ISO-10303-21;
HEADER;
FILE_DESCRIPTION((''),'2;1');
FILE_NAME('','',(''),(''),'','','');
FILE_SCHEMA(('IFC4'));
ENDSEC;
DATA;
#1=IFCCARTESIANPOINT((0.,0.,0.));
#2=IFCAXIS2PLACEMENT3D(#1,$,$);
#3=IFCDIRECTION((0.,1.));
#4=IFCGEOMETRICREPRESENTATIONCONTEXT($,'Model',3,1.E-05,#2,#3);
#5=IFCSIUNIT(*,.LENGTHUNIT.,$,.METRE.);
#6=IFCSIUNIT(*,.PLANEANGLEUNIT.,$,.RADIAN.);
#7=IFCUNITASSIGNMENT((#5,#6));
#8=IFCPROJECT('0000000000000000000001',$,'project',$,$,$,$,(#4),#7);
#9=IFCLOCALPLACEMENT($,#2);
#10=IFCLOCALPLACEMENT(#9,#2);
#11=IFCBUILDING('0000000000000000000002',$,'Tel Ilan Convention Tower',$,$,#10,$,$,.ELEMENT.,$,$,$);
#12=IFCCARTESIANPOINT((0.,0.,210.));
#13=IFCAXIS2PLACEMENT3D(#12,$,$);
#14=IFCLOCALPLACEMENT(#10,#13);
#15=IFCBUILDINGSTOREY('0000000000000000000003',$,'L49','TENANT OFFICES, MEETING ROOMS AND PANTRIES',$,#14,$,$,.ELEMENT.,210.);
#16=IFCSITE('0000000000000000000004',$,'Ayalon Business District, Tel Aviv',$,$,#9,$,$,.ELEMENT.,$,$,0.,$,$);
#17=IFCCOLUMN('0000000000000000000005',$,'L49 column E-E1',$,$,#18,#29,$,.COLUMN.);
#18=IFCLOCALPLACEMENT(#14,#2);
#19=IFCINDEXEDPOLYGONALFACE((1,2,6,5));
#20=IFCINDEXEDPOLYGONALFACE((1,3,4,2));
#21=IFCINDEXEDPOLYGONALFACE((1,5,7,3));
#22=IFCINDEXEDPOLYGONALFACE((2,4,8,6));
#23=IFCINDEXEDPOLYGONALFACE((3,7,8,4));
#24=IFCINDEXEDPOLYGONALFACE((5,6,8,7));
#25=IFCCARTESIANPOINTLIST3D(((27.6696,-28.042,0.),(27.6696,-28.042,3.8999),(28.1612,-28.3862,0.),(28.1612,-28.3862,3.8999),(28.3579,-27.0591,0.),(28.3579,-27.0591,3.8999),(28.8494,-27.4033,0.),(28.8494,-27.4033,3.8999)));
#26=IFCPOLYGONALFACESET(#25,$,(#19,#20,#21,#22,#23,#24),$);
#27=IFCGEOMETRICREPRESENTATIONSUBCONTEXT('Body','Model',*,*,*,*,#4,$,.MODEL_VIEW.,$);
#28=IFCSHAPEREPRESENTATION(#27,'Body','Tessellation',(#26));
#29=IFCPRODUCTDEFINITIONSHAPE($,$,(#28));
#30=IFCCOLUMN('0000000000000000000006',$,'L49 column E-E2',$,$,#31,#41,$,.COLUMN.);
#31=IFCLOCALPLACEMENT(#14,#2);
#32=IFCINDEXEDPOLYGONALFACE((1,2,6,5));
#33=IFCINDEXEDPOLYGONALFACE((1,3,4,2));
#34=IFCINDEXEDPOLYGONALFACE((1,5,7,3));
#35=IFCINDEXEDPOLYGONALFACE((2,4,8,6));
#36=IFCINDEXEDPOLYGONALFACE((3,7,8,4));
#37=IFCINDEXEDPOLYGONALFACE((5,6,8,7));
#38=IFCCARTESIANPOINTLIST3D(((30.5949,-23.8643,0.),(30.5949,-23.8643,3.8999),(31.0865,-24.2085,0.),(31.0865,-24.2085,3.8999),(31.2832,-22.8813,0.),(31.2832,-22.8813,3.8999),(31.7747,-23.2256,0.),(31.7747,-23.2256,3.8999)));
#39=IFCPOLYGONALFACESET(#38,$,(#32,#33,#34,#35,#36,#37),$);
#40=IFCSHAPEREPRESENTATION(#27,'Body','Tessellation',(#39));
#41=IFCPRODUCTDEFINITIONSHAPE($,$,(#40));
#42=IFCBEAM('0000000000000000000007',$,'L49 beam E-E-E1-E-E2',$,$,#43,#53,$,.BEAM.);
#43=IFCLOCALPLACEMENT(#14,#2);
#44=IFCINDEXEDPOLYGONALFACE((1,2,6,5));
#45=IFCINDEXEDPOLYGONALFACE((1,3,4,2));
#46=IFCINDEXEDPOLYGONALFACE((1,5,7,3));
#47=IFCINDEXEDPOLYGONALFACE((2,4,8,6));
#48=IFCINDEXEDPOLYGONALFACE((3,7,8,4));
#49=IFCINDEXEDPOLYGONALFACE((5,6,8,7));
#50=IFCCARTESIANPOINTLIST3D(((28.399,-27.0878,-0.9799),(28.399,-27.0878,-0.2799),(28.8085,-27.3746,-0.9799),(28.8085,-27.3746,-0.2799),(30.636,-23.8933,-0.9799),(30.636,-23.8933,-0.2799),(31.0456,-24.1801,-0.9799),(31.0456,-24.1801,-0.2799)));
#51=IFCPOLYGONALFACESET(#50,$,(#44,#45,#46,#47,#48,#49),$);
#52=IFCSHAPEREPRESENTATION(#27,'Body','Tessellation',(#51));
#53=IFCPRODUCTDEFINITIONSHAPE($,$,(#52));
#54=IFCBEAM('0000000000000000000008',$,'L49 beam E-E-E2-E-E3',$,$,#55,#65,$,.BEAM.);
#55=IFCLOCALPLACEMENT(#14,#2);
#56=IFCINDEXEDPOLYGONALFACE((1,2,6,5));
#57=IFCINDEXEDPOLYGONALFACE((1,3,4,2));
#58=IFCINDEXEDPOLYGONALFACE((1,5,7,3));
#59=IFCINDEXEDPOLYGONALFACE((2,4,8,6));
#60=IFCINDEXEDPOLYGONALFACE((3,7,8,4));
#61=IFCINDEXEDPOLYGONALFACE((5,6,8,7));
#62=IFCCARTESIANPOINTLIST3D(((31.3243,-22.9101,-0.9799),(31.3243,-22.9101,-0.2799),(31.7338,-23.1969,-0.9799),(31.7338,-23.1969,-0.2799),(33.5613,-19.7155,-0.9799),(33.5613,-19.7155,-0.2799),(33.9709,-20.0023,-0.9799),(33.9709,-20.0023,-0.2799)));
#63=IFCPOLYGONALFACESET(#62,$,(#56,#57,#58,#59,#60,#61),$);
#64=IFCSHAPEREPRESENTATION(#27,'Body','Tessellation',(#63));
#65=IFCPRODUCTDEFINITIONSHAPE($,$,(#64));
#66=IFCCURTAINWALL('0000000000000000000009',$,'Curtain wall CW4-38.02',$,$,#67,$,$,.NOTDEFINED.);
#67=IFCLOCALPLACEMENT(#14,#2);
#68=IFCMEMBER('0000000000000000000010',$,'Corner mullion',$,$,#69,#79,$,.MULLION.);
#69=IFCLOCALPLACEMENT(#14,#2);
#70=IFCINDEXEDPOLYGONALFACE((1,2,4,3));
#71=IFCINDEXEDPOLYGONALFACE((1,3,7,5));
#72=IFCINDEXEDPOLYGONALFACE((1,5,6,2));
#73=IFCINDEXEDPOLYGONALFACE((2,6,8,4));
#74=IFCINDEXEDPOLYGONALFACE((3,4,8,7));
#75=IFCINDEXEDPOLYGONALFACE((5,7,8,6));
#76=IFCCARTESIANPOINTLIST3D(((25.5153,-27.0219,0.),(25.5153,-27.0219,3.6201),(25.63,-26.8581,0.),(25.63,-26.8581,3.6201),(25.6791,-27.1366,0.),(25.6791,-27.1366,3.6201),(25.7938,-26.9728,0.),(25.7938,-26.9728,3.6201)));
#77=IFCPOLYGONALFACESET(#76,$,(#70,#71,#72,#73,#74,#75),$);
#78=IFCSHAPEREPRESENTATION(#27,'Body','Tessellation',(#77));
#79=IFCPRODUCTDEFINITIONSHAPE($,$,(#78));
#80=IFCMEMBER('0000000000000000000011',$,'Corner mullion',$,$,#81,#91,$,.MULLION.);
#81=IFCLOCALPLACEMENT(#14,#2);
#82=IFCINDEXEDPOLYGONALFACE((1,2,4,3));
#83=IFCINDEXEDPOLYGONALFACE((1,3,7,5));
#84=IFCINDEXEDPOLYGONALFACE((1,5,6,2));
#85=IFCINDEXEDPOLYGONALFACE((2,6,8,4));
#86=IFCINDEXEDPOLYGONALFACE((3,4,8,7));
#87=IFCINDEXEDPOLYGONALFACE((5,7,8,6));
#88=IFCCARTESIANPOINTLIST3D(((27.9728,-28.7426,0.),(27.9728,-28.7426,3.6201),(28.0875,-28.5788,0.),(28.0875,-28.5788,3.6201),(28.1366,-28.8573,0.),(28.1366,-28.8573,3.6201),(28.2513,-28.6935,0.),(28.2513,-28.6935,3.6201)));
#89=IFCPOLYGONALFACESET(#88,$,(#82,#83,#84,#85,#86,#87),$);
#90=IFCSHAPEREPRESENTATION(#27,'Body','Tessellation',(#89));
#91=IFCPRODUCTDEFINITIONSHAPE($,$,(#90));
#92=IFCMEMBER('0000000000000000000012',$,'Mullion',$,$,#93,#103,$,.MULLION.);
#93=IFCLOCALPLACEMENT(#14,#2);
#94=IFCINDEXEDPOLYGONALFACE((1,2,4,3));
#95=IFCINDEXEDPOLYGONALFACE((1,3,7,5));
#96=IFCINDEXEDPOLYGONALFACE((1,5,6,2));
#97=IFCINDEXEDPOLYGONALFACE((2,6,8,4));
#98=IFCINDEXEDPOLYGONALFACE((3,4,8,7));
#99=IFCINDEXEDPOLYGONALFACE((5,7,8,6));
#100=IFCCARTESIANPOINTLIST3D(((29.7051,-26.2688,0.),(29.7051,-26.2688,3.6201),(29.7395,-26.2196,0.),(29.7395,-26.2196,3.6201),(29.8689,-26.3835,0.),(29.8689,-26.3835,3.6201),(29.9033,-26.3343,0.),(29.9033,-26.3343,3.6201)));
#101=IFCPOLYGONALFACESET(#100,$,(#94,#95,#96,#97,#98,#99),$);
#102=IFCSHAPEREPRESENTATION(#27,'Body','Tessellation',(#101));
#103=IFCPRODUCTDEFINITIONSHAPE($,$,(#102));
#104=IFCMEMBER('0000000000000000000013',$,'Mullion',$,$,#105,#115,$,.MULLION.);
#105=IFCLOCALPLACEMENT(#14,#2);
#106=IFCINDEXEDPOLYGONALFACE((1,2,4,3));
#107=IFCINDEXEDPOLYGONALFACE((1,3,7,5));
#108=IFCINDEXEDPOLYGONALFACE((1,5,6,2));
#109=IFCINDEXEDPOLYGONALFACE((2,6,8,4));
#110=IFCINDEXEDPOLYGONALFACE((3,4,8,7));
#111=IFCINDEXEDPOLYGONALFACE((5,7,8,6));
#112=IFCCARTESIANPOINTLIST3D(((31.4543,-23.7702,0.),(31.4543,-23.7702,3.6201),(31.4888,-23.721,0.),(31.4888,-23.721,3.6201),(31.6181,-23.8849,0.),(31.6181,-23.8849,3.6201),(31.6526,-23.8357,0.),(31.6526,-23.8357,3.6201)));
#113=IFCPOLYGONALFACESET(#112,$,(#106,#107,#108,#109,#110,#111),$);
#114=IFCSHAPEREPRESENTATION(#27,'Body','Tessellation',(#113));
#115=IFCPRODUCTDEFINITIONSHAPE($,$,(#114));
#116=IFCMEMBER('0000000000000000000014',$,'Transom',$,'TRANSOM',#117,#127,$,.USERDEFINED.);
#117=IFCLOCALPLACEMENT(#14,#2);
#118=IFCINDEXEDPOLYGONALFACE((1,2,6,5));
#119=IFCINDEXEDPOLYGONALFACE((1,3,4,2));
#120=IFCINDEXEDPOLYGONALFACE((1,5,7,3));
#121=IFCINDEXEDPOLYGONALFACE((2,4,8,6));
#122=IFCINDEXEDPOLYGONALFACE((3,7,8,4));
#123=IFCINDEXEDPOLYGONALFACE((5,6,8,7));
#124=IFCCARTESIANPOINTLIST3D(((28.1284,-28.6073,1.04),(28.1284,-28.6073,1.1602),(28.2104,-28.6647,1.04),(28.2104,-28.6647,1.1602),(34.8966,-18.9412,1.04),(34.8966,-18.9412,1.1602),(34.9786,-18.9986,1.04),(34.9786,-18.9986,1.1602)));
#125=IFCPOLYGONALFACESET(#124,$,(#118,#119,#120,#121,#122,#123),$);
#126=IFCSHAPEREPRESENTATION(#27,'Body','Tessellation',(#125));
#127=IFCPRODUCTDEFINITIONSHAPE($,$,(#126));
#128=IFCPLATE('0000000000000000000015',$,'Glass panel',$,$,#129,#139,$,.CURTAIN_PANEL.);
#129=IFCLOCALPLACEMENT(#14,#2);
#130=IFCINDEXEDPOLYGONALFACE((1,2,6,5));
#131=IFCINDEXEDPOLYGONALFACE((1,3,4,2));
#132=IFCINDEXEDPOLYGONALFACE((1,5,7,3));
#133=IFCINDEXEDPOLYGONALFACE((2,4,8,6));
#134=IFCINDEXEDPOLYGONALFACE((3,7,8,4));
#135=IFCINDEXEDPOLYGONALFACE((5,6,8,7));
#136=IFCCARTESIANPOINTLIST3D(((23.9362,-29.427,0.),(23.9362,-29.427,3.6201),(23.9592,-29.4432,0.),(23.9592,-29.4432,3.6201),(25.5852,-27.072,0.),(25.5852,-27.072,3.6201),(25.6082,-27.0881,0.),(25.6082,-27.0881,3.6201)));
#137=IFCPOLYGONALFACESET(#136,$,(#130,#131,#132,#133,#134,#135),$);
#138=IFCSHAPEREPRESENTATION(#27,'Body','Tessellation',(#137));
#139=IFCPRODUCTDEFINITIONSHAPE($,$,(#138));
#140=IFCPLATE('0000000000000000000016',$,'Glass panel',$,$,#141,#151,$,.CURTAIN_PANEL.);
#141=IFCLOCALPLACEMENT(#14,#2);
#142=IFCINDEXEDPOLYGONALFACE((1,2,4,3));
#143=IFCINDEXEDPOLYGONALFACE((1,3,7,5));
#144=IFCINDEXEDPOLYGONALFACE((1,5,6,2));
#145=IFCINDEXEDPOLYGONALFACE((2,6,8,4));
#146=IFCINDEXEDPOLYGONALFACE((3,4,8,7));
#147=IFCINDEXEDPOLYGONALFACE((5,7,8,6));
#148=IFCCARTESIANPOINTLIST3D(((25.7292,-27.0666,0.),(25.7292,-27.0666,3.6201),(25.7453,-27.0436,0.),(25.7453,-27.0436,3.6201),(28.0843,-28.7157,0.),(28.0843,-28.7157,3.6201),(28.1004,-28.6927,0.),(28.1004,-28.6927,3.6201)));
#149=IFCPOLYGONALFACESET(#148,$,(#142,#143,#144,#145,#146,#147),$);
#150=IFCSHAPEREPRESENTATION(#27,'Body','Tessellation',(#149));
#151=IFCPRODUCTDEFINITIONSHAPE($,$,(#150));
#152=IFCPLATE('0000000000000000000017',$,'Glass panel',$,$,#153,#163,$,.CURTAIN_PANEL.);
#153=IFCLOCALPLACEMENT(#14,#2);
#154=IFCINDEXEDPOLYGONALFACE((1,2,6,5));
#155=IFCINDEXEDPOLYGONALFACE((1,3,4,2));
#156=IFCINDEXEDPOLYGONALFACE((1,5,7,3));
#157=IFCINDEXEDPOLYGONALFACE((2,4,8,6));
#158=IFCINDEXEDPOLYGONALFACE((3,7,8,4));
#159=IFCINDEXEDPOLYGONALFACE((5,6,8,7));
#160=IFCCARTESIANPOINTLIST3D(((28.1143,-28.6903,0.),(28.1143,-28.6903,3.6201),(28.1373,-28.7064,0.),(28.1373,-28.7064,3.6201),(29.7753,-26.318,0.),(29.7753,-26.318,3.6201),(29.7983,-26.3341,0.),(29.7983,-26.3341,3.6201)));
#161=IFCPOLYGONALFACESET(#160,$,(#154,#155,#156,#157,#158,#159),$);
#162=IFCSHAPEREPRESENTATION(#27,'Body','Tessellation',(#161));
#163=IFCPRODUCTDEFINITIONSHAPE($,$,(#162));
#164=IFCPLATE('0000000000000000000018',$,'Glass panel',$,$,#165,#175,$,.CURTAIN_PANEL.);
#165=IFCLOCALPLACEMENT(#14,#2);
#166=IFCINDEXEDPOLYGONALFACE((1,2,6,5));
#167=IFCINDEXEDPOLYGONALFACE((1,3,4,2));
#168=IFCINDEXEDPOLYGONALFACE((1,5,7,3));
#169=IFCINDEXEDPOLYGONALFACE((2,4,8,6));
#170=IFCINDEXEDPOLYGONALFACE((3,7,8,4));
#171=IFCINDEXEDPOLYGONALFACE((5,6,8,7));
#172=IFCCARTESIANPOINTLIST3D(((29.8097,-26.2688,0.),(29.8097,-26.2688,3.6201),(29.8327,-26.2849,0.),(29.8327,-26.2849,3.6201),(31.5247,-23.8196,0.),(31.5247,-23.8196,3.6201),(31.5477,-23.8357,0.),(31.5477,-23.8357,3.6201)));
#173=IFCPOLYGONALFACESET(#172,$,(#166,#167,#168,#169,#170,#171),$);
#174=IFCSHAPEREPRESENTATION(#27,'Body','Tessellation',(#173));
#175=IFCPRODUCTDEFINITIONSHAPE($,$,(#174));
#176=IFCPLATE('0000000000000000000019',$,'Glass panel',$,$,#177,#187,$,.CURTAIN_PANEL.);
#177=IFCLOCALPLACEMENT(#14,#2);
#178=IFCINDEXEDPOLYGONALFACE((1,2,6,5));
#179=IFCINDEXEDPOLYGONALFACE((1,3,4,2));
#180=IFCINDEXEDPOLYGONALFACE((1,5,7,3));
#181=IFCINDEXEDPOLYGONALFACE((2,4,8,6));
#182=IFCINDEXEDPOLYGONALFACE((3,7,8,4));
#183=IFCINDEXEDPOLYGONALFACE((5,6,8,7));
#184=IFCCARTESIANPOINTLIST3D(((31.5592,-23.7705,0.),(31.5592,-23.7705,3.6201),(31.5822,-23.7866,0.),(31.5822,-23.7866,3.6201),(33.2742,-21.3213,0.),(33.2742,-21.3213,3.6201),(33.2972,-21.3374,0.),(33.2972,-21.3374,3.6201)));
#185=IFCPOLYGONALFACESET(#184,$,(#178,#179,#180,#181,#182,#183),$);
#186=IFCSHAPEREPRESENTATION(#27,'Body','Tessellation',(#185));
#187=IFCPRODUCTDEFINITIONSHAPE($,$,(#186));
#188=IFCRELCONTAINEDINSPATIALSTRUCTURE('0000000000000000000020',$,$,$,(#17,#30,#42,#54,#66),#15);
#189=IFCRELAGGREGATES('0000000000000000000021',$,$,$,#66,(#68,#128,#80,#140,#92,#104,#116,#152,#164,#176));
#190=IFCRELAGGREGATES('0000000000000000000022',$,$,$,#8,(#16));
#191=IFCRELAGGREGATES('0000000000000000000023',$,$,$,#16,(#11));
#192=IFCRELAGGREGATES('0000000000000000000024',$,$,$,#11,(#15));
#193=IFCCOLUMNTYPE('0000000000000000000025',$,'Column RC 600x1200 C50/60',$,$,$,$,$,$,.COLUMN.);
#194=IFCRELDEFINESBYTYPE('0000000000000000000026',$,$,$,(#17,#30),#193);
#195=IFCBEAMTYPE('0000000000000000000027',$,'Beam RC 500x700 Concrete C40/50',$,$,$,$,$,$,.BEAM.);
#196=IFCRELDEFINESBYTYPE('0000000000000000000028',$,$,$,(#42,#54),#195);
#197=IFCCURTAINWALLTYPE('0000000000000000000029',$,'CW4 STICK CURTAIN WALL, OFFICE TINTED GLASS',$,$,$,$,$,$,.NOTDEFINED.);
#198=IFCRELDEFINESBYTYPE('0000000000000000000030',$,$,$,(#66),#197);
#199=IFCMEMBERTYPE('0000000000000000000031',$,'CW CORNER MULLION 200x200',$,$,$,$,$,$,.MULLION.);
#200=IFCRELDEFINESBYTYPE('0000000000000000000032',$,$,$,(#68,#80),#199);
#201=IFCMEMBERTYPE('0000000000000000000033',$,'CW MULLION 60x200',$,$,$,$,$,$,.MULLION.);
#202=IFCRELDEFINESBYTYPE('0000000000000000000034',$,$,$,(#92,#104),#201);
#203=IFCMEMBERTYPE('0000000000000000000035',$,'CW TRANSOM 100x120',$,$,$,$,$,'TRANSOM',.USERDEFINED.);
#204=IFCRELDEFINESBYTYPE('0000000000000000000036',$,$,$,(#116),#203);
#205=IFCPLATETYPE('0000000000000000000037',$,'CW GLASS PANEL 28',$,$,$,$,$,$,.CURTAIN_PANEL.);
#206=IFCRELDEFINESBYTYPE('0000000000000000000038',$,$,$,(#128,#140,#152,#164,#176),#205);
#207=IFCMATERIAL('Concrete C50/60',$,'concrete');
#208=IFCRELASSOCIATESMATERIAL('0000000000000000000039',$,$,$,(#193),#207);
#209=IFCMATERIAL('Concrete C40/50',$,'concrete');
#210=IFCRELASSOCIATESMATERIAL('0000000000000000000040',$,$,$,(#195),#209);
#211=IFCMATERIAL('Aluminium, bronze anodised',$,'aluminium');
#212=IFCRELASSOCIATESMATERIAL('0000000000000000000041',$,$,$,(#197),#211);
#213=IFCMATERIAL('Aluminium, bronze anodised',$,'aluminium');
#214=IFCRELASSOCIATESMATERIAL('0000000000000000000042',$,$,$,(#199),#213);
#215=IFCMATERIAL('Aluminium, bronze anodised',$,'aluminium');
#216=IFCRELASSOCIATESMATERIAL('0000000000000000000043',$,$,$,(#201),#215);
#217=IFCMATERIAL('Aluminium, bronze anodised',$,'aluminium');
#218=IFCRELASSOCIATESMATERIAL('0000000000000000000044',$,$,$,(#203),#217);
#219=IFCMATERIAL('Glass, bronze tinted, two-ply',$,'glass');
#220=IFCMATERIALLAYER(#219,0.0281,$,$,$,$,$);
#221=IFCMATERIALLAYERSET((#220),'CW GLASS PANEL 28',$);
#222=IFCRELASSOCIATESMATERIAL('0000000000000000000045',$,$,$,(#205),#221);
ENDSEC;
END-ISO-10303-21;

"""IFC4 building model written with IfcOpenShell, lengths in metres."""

from ifc_helpers import new_model, si_unit, direction, frame, origin, origin_2d, place, context, subcontext, project, spatial, rectangle, extrude, material, layer, layer_set, material_profile, profile_set, type_object, element, aggregate, save


model = new_model("IFC4")

# Units and contexts
model_context = context("Model", 3, precision=1e-05, world=origin(), true_north=direction((0.0, 1.0)))
body_context = subcontext(model_context, "Body", "Model", "MODEL_VIEW")
ifc_project = project(units=[si_unit("LENGTHUNIT", "METRE"), si_unit("PLANEANGLEUNIT", "RADIAN")], contexts=[model_context])

# Site, building, storey
site_placement = place(None, origin())
site = spatial("IfcSite", under=ifc_project, at=site_placement, Name="Ayalon Business District, Tel Aviv", CompositionType="ELEMENT", RefElevation=0.0)
building_placement = place(site_placement, origin())
building = spatial("IfcBuilding", under=site, at=building_placement, Name="Tel Ilan Convention Tower", CompositionType="ELEMENT")
storey_placement = place(building_placement, frame((0.0, 0.0, 210.0)))
storey = spatial("IfcBuildingStorey", under=building, at=storey_placement, Name="L49", Description="TENANT OFFICES, MEETING ROOMS AND PANTRIES", CompositionType="ELEMENT", Elevation=210.0)

# Columns
ifc_material_1 = material(Name="Concrete C50/60", Category="concrete")
ifc_material_profile_1 = material_profile(ifc_material_1, rectangle(XDim=1.2, YDim=0.6001, at=origin_2d()), Name="RC 600x1200")
ifc_profile_set_1 = profile_set([ifc_material_profile_1], Name="Concrete C50/60")
column_type = type_object("IfcColumnType", Name="Column RC 600x1200 C50/60", PredefinedType="COLUMN", material=ifc_profile_set_1)
for number, where, z_axis, x_axis, name in (
    (1, (28.2595, -27.7227, 0.0), (0.0, 0.0, 1.0), (0.573576, 0.819152, 0.0), "L49 column E-E1"),
    (2, (31.1848, -23.5449, 0.0), (0.0, 0.0, 1.0), (0.573576, 0.819152, 0.0), "L49 column E-E2"),
):
    element("IfcColumn", number, at=place(storey_placement, frame(where, z_axis=z_axis, x_axis=x_axis)), inside=storey, type_object=column_type, Name=name, PredefinedType="COLUMN", context=body_context, shape_type="SweptSolid", body=[
        extrude(rectangle(XDim=1.2, YDim=0.6001, at=origin_2d()), origin(), (0.0, 0.0, 1.0), 3.8999),
    ])

# Beams
ifc_material_2 = material(Name="Concrete C40/50", Category="concrete")
ifc_material_profile_2 = material_profile(ifc_material_2, rectangle(XDim=0.5, YDim=0.7, at=origin_2d()), Name="RC 500x700")
ifc_profile_set_2 = profile_set([ifc_material_profile_2], Name="Concrete C40/50")
beam_type = type_object("IfcBeamType", Name="Beam RC 500x700 Concrete C40/50", PredefinedType="BEAM", material=ifc_profile_set_2)
for number, where, z_axis, x_axis, name in (
    (3, (28.6038, -27.2312, -0.6299), (0.573609, 0.819129, 0.0), (-0.819129, 0.573609, 0.0), "L49 beam E-E-E1-E-E2"),
    (4, (31.5291, -23.0535, -0.6299), (0.573609, 0.819129, 0.0), (-0.819129, 0.573609, 0.0), "L49 beam E-E-E2-E-E3"),
):
    element("IfcBeam", number, at=place(storey_placement, frame(where, z_axis=z_axis, x_axis=x_axis)), inside=storey, type_object=beam_type, Name=name, PredefinedType="BEAM", context=body_context, shape_type="SweptSolid", body=[
        extrude(rectangle(XDim=0.5, YDim=0.7, at=origin_2d()), origin(), (0.0, 0.0, 1.0), 3.8999),
    ])

# Curtain wall, members, plates
ifc_material_3 = material(Name="Aluminium, bronze anodised", Category="aluminium")
curtain_wall_type = type_object("IfcCurtainWallType", Name="CW4 STICK CURTAIN WALL, OFFICE TINTED GLASS", PredefinedType="NOTDEFINED", material=ifc_material_3)
curtain_wall_placement = place(storey_placement, origin())
curtain_wall = element("IfcCurtainWall", 5, at=curtain_wall_placement, inside=storey, type_object=curtain_wall_type, Name="Curtain wall CW4-38.02", PredefinedType="NOTDEFINED")
ifc_material_4 = material(Name="Aluminium, bronze anodised", Category="aluminium")
ifc_material_profile_3 = material_profile(ifc_material_4, rectangle(XDim=0.2, YDim=0.2, at=origin_2d()), Name="CW CORNER MULLION 200x200")
ifc_profile_set_3 = profile_set([ifc_material_profile_3], Name="Aluminium, bronze anodised")
member_type_1 = type_object("IfcMemberType", Name="CW CORNER MULLION 200x200", PredefinedType="MULLION", material=ifc_profile_set_3)
member_1_placement = place(storey_placement, frame((25.6545, -26.9973, 0.0), z_axis=(0.0, 0.0, 1.0), x_axis=(0.573576, 0.819152, 0.0)))
member_1 = element("IfcMember", 6, at=member_1_placement, type_object=member_type_1, Name="Corner mullion", PredefinedType="MULLION", context=body_context, shape_type="SweptSolid", body=[
    extrude(rectangle(XDim=0.2, YDim=0.2, at=origin_2d()), origin(), (0.0, 0.0, 1.0), 3.6201),
])
member_2_placement = place(storey_placement, frame((28.1121, -28.718, 0.0), z_axis=(0.0, 0.0, 1.0), x_axis=(0.819152, -0.573576, 0.0)))
member_2 = element("IfcMember", 7, at=member_2_placement, type_object=member_type_1, Name="Corner mullion", PredefinedType="MULLION", context=body_context, shape_type="SweptSolid", body=[
    extrude(rectangle(XDim=0.2, YDim=0.2, at=origin_2d()), origin(), (0.0, 0.0, 1.0), 3.6201),
])
ifc_material_5 = material(Name="Aluminium, bronze anodised", Category="aluminium")
ifc_material_profile_4 = material_profile(ifc_material_5, rectangle(XDim=0.0601, YDim=0.2, at=origin_2d()), Name="CW MULLION 60x200")
ifc_profile_set_4 = profile_set([ifc_material_profile_4], Name="Aluminium, bronze anodised")
member_type_2 = type_object("IfcMemberType", Name="CW MULLION 60x200", PredefinedType="MULLION", material=ifc_profile_set_4)
member_3_placement = place(storey_placement, frame((29.8042, -26.3015, 0.0), z_axis=(0.0, 0.0, 1.0), x_axis=(0.573576, 0.819152, 0.0)))
member_3 = element("IfcMember", 8, at=member_3_placement, type_object=member_type_2, Name="Mullion", PredefinedType="MULLION", context=body_context, shape_type="SweptSolid", body=[
    extrude(rectangle(XDim=0.0601, YDim=0.2, at=origin_2d()), origin(), (0.0, 0.0, 1.0), 3.6201),
])
member_4_placement = place(storey_placement, frame((31.5535, -23.803, 0.0), z_axis=(0.0, 0.0, 1.0), x_axis=(0.573576, 0.819152, 0.0)))
member_4 = element("IfcMember", 9, at=member_4_placement, type_object=member_type_2, Name="Mullion", PredefinedType="MULLION", context=body_context, shape_type="SweptSolid", body=[
    extrude(rectangle(XDim=0.0601, YDim=0.2, at=origin_2d()), origin(), (0.0, 0.0, 1.0), 3.6201),
])
ifc_material_6 = material(Name="Aluminium, bronze anodised", Category="aluminium")
ifc_material_profile_5 = material_profile(ifc_material_6, rectangle(XDim=0.1001, YDim=0.1201, at=origin_2d()), Name="CW TRANSOM 100x120")
ifc_profile_set_5 = profile_set([ifc_material_profile_5], Name="Aluminium, bronze anodised")
member_type_3 = type_object("IfcMemberType", Name="CW TRANSOM 100x120", ElementType="TRANSOM", PredefinedType="USERDEFINED", material=ifc_profile_set_5)
member_5_placement = place(storey_placement, frame((28.1694, -28.636, 1.1001), z_axis=(0.573568, 0.819158, 0.0), x_axis=(-0.819158, 0.573568, 0.0)))
member_5 = element("IfcMember", 10, at=member_5_placement, type_object=member_type_3, Name="Transom", ObjectType="TRANSOM", PredefinedType="USERDEFINED", context=body_context, shape_type="SweptSolid", body=[
    extrude(rectangle(XDim=0.1001, YDim=0.1201, at=origin_2d()), origin(), (0.0, 0.0, 1.0), 11.8),
])
ifc_material_7 = material(Name="Glass, bronze tinted, two-ply", Category="glass")
ifc_layer_1 = layer(ifc_material_7, 0.0281)
ifc_layer_set_1 = layer_set([ifc_layer_1], Name="CW GLASS PANEL 28")
plate_type = type_object("IfcPlateType", Name="CW GLASS PANEL 28", PredefinedType="CURTAIN_PANEL", material=ifc_layer_set_1)
plate_1_placement = place(storey_placement, frame((24.7722, -28.2576, 0.0), z_axis=(0.0, 0.0, 1.0), x_axis=(0.573576, 0.819152, 0.0)))
plate_1 = element("IfcPlate", 11, at=plate_1_placement, type_object=plate_type, Name="Glass panel", PredefinedType="CURTAIN_PANEL", context=body_context, shape_type="SweptSolid", body=[
    extrude(rectangle(XDim=2.875, YDim=0.0281, at=origin_2d()), origin(), (0.0, 0.0, 1.0), 3.6201),
])
plate_2_placement = place(storey_placement, frame((26.9148, -27.8796, 0.0), z_axis=(0.0, 0.0, 1.0), x_axis=(0.819152, -0.573576, 0.0)))
plate_2 = element("IfcPlate", 12, at=plate_2_placement, type_object=plate_type, Name="Glass panel", PredefinedType="CURTAIN_PANEL", context=body_context, shape_type="SweptSolid", body=[
    extrude(rectangle(XDim=2.875, YDim=0.0281, at=origin_2d()), origin(), (0.0, 0.0, 1.0), 3.6201),
])
plate_3_placement = place(storey_placement, frame((28.9563, -27.5122, 0.0), z_axis=(0.0, 0.0, 1.0), x_axis=(0.573576, 0.819152, 0.0)))
plate_3 = element("IfcPlate", 13, at=plate_3_placement, type_object=plate_type, Name="Glass panel", PredefinedType="CURTAIN_PANEL", context=body_context, shape_type="SweptSolid", body=[
    extrude(rectangle(XDim=2.896, YDim=0.0281, at=origin_2d()), origin(), (0.0, 0.0, 1.0), 3.6201),
])
plate_4_placement = place(storey_placement, frame((30.6787, -25.0522, 0.0), z_axis=(0.0, 0.0, 1.0), x_axis=(0.573576, 0.819152, 0.0)))
plate_4 = element("IfcPlate", 14, at=plate_4_placement, type_object=plate_type, Name="Glass panel", PredefinedType="CURTAIN_PANEL", context=body_context, shape_type="SweptSolid", body=[
    extrude(rectangle(XDim=2.99, YDim=0.0281, at=origin_2d()), origin(), (0.0, 0.0, 1.0), 3.6201),
])
plate_5_placement = place(storey_placement, frame((32.4282, -22.554, 0.0), z_axis=(0.0, 0.0, 1.0), x_axis=(0.573576, 0.819152, 0.0)))
plate_5 = element("IfcPlate", 15, at=plate_5_placement, type_object=plate_type, Name="Glass panel", PredefinedType="CURTAIN_PANEL", context=body_context, shape_type="SweptSolid", body=[
    extrude(rectangle(XDim=2.99, YDim=0.0281, at=origin_2d()), origin(), (0.0, 0.0, 1.0), 3.6201),
])
aggregate(curtain_wall, [member_1, plate_1, member_2, plate_2, member_3, member_4, member_5, plate_3, plate_4, plate_5])

save(model, "model.ifc")
